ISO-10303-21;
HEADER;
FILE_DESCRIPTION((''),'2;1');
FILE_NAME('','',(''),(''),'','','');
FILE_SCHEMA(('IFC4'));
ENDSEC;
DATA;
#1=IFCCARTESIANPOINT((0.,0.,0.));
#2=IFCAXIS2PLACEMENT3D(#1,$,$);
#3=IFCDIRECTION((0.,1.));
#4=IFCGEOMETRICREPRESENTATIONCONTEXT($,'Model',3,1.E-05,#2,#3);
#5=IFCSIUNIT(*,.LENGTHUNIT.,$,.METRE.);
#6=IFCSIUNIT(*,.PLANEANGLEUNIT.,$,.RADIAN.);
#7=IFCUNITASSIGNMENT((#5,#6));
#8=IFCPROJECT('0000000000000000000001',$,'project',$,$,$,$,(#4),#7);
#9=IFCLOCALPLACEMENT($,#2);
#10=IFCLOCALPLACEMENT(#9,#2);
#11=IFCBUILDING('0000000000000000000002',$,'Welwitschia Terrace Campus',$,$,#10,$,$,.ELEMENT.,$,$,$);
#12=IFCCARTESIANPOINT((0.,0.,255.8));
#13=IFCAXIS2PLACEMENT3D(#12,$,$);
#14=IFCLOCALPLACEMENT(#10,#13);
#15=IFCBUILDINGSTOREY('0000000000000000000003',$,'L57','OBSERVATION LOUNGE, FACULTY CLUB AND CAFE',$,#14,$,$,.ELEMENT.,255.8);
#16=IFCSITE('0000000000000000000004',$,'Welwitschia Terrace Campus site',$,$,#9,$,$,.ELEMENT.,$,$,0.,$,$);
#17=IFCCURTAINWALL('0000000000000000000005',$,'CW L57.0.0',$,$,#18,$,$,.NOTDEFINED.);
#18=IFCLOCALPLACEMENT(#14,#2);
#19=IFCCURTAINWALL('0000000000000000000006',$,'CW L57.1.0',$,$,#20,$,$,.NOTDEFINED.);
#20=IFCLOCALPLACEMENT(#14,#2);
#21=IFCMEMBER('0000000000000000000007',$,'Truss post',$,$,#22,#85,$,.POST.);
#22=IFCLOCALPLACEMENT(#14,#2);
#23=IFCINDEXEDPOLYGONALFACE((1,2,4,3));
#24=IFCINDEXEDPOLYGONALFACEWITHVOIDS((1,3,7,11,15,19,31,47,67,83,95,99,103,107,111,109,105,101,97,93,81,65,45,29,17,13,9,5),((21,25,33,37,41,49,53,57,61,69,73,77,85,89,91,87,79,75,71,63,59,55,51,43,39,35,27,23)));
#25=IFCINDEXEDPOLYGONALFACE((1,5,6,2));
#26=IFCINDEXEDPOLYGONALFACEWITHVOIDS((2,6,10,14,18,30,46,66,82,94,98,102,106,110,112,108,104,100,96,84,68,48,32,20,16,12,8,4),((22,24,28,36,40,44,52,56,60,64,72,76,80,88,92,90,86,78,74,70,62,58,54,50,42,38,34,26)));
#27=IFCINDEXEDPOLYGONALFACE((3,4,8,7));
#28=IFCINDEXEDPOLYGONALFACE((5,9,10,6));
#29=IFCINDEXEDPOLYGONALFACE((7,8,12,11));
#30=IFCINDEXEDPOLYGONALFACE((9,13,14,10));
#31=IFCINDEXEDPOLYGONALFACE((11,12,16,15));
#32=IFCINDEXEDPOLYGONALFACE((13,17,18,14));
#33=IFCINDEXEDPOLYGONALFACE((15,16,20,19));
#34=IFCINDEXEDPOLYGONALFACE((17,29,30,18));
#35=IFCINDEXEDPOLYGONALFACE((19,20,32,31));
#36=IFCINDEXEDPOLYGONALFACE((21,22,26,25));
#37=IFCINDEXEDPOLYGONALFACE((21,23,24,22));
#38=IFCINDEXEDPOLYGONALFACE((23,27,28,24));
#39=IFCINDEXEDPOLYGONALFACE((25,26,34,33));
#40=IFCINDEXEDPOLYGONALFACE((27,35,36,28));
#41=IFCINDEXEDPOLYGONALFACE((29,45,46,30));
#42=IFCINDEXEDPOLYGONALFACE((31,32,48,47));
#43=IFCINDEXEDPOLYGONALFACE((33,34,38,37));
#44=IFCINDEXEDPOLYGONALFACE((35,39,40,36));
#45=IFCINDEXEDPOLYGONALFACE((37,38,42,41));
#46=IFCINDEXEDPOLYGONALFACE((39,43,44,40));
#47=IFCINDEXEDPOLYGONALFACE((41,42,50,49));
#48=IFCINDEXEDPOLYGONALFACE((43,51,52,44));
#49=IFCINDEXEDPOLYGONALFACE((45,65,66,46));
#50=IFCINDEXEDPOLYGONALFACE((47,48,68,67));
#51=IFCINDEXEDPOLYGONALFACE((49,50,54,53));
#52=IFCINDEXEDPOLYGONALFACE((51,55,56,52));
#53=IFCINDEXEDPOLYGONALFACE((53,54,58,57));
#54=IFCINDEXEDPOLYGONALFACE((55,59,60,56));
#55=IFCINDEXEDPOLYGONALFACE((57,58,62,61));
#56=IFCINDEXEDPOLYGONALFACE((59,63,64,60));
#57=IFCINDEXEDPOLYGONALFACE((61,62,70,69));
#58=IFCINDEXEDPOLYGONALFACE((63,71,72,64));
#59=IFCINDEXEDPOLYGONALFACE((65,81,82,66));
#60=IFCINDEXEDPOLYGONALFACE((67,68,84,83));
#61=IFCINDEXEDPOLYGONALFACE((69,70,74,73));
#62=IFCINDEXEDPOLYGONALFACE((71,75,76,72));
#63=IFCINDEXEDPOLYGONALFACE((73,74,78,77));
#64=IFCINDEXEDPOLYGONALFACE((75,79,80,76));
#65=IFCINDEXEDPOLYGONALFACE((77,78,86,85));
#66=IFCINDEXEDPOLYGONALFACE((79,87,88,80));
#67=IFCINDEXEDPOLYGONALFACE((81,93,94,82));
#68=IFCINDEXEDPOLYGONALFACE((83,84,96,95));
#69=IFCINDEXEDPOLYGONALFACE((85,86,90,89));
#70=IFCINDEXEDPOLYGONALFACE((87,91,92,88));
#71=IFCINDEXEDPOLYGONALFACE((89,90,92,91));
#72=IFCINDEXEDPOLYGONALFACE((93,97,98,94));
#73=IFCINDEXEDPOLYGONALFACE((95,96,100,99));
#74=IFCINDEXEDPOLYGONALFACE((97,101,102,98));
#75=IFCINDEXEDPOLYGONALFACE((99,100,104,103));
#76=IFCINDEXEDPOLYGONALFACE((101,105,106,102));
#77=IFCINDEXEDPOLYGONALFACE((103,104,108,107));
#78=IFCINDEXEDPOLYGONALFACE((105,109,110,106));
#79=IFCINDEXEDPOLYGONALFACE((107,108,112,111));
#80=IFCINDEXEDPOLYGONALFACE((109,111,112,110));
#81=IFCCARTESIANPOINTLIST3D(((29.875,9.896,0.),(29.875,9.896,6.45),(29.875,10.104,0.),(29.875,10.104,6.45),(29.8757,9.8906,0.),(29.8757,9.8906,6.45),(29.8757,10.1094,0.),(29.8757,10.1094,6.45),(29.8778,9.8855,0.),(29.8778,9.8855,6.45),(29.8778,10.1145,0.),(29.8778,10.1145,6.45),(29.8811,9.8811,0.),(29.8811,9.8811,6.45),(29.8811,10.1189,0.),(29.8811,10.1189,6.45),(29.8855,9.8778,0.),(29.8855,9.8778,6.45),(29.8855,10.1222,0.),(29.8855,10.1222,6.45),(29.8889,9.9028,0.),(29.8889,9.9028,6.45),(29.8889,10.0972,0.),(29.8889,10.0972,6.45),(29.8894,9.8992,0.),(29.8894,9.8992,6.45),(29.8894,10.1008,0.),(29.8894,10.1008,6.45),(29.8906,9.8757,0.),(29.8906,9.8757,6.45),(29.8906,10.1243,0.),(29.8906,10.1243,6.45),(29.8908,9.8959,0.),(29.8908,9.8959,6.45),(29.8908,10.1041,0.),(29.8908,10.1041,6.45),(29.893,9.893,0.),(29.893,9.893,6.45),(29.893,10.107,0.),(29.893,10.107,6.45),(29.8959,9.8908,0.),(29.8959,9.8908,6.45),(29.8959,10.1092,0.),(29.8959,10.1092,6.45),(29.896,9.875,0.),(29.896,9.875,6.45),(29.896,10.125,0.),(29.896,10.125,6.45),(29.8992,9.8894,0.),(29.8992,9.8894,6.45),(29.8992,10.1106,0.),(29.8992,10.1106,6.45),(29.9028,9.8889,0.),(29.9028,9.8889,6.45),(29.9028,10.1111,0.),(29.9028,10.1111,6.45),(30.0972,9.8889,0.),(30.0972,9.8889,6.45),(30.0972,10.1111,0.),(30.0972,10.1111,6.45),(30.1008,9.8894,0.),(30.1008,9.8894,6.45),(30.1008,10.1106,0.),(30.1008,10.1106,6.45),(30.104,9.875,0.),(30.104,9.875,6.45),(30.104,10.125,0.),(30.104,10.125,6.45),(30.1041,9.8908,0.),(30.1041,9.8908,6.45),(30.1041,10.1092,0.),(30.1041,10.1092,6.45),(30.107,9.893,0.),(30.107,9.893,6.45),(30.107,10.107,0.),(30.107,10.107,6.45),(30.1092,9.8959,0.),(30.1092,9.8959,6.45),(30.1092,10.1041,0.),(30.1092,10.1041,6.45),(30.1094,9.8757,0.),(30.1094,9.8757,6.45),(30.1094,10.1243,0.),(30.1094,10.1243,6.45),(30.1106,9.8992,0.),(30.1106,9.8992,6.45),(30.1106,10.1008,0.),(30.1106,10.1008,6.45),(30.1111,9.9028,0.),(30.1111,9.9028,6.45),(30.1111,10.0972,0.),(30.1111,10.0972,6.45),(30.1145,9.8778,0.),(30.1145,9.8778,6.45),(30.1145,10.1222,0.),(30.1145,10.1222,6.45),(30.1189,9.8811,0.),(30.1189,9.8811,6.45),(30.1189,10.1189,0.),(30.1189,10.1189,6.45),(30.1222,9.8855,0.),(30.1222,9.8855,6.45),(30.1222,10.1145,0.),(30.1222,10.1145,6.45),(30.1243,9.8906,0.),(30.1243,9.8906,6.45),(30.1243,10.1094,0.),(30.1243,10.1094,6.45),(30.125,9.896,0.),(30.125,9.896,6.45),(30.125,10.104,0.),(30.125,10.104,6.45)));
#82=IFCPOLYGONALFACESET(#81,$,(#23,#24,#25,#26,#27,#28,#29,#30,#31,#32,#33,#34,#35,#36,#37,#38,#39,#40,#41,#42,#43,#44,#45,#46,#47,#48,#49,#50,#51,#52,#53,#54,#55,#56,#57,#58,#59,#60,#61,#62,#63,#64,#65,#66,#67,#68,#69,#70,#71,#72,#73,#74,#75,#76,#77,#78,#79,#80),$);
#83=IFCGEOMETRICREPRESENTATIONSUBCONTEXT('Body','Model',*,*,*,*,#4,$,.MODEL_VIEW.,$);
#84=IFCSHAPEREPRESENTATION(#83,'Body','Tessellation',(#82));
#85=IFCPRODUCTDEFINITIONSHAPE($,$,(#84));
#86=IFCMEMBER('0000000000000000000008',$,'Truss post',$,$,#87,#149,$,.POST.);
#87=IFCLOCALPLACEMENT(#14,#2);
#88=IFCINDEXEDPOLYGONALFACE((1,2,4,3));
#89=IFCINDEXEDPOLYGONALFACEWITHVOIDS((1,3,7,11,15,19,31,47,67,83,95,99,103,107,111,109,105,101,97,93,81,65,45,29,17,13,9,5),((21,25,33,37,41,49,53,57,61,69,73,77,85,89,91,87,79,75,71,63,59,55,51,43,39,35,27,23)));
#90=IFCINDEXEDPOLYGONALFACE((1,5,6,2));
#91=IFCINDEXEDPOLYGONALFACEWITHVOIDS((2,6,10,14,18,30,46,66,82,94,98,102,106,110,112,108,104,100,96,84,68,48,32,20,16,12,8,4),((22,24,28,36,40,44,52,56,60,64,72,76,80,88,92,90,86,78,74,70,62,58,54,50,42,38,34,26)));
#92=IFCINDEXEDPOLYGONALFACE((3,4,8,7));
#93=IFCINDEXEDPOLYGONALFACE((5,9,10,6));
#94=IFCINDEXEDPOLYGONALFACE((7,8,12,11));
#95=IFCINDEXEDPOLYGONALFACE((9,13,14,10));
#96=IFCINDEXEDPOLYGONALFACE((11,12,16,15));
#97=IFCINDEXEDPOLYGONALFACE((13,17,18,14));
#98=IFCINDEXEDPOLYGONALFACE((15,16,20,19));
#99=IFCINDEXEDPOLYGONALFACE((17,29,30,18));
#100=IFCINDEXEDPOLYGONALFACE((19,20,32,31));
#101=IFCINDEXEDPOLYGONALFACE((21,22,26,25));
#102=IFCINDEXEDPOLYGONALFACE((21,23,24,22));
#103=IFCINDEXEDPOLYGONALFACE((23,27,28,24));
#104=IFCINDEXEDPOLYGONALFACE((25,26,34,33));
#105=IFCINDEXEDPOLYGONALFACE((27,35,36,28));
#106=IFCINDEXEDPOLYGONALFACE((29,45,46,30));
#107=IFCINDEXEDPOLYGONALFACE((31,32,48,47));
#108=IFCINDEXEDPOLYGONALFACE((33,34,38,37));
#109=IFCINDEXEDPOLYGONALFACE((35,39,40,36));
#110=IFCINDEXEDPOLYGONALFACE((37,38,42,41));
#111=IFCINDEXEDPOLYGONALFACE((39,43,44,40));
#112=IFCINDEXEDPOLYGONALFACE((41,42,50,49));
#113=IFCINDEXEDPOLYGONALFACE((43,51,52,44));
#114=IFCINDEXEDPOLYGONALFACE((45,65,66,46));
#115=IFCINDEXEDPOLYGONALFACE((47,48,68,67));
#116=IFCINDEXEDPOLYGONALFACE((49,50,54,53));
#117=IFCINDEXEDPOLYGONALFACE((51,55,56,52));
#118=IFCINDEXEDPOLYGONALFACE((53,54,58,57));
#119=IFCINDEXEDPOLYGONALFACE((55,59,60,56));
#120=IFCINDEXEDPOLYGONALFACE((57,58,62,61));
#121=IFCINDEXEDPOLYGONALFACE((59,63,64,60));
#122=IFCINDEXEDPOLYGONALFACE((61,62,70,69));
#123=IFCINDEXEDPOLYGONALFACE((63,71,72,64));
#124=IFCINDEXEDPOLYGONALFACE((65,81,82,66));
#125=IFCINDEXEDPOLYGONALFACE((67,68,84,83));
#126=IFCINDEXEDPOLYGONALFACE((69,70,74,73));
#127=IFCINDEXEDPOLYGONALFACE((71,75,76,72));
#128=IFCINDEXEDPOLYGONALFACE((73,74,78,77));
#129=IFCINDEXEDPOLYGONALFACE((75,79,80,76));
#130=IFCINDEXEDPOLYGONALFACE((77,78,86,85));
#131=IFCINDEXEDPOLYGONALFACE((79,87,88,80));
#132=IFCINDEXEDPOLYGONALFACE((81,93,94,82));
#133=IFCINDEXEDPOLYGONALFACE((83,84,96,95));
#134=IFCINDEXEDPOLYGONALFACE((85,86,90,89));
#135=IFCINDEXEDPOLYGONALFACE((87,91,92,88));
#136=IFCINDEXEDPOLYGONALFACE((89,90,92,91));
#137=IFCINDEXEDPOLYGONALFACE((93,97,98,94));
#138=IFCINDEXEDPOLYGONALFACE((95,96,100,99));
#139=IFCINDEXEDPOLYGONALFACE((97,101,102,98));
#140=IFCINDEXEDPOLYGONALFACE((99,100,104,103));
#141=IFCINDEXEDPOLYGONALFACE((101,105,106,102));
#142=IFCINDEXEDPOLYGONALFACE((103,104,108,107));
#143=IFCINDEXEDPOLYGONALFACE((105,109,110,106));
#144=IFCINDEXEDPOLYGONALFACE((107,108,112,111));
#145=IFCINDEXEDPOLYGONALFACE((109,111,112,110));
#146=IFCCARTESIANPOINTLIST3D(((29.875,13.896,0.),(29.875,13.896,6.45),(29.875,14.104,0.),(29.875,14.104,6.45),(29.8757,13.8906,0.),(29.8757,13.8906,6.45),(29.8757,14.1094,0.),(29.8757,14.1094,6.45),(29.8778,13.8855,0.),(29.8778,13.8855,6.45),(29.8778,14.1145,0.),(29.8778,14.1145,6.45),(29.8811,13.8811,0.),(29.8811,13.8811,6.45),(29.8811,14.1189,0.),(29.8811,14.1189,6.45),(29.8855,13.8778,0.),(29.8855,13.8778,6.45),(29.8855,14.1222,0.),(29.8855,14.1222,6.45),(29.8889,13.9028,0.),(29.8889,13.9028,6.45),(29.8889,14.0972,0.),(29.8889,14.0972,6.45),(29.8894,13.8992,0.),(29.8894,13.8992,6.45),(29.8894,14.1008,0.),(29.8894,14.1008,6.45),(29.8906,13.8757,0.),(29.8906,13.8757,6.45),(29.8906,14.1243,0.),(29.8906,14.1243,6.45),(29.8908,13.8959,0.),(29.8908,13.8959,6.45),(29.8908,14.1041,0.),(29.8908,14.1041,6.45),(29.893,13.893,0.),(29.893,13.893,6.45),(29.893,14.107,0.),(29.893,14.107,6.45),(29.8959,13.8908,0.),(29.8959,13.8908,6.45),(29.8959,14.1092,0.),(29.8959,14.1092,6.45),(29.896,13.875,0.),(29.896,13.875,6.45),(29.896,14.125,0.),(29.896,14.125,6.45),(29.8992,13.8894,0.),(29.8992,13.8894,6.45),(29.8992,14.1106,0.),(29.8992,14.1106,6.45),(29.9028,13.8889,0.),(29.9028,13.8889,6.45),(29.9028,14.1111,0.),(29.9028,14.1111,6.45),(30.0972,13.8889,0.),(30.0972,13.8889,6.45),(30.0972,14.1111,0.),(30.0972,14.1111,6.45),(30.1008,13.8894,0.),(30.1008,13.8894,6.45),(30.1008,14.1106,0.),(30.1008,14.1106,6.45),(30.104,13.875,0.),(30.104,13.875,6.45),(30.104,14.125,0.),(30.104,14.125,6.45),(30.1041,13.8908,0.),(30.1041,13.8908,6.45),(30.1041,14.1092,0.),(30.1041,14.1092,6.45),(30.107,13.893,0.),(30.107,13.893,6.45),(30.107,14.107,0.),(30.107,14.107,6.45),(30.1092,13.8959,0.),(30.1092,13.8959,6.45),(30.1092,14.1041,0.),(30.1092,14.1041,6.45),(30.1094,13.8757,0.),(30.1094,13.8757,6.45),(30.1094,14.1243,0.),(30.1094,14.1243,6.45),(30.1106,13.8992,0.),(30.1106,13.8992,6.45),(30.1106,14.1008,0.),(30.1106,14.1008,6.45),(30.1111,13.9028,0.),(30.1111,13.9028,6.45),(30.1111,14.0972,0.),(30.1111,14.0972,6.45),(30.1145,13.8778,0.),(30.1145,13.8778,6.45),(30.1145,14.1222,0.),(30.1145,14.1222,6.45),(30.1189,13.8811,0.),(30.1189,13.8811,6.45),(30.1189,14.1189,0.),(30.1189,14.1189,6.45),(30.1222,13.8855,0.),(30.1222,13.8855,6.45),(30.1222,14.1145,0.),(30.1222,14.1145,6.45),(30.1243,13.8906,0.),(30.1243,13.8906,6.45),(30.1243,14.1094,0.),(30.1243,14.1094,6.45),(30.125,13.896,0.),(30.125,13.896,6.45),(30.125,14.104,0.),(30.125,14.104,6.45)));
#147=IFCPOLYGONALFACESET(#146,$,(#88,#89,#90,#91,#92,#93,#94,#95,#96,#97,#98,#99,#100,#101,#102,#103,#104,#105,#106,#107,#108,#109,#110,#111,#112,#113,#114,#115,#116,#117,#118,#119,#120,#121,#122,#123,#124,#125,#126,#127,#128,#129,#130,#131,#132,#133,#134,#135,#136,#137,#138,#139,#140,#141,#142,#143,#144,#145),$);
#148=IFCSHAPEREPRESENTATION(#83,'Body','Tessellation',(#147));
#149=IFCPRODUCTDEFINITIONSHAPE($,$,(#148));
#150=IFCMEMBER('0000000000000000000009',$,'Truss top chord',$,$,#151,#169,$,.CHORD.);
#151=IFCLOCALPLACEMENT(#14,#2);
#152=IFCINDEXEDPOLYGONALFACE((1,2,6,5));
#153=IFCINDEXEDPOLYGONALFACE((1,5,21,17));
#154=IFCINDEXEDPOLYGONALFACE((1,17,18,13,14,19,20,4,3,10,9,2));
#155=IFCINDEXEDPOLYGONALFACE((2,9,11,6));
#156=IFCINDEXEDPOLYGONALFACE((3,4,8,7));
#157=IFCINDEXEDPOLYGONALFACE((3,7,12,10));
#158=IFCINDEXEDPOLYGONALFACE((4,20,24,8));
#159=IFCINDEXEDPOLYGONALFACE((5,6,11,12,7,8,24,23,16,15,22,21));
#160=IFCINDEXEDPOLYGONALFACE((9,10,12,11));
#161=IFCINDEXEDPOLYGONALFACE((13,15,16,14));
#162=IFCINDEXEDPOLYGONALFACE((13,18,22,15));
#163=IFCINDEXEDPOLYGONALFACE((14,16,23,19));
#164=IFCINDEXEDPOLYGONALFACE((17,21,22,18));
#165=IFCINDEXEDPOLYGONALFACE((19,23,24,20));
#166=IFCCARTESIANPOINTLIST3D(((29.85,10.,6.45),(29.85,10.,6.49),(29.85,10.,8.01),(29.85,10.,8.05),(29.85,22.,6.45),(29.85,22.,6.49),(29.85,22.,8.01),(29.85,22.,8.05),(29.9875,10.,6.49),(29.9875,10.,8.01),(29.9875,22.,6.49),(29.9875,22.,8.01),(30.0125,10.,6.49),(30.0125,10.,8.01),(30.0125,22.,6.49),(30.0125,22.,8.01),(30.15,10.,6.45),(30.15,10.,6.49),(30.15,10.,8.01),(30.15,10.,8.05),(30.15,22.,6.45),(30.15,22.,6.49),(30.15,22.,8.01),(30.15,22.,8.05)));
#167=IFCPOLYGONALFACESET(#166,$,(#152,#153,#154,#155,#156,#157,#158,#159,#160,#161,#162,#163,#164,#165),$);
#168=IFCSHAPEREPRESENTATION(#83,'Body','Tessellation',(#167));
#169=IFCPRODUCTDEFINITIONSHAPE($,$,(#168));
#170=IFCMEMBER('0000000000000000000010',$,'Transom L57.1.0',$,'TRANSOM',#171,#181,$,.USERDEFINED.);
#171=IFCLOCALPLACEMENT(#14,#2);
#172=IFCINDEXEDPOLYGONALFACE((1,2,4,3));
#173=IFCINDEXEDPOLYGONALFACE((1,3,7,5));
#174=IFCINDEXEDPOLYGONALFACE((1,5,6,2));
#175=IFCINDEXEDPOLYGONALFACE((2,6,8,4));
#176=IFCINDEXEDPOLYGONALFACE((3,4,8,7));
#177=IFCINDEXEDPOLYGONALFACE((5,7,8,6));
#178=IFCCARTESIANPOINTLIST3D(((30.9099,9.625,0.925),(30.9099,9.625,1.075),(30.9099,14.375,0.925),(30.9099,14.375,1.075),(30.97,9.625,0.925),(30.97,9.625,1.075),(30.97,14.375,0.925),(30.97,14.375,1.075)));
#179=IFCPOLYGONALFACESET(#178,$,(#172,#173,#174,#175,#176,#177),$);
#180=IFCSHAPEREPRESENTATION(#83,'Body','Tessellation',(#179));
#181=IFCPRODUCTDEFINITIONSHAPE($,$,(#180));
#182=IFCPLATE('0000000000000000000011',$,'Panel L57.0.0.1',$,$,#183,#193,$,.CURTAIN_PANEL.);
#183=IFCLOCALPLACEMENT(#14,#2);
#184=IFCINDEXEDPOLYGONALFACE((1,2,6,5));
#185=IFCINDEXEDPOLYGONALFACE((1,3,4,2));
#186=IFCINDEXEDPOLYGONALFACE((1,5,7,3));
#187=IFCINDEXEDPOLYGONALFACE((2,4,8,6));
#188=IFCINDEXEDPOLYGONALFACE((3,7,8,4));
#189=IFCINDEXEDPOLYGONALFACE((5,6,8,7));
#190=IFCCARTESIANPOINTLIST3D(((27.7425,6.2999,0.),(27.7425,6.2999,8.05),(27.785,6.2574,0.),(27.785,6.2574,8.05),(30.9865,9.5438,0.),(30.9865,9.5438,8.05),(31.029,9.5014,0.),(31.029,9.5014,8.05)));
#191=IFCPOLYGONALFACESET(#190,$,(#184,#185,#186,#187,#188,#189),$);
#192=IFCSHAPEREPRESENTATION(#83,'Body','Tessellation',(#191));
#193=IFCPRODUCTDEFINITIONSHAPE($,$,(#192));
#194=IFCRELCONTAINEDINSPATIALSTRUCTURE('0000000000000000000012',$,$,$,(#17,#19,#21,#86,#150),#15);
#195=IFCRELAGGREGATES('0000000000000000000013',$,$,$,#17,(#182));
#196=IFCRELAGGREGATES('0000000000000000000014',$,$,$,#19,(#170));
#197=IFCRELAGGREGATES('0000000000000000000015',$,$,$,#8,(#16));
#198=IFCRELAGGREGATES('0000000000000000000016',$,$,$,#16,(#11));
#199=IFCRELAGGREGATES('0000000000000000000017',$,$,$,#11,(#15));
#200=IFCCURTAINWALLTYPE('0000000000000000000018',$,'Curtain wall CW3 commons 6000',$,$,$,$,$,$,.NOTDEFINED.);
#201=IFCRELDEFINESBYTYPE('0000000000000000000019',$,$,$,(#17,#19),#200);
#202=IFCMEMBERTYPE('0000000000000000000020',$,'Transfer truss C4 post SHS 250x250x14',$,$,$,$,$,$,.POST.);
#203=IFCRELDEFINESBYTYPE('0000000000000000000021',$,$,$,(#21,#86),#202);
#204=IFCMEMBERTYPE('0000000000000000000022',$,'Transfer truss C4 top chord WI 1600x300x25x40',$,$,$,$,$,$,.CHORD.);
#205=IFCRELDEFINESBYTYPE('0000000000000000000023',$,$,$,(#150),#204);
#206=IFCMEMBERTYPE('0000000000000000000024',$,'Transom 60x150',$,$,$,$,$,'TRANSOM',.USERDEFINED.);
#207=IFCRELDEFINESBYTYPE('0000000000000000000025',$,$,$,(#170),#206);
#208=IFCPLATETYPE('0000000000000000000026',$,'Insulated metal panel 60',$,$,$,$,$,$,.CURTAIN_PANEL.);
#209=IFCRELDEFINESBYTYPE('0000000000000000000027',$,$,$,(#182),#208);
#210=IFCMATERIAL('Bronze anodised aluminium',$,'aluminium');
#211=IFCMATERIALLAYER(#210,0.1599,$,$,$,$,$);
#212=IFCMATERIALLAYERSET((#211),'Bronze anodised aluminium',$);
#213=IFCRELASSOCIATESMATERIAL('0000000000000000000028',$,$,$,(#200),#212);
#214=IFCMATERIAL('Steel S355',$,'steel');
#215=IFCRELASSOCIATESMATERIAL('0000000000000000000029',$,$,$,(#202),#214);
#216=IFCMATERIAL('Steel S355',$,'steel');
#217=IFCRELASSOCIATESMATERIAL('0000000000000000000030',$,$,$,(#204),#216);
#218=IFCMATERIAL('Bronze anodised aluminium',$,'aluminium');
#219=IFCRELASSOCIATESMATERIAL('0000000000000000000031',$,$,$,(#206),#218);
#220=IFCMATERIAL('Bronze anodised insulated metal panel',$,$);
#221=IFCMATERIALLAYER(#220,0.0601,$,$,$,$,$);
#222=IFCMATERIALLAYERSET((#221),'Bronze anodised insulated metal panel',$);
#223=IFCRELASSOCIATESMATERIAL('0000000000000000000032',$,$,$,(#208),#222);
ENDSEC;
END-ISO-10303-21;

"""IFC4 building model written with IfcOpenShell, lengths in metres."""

from ifc_helpers import new_model, si_unit, direction, frame, origin, origin_2d, place, context, subcontext, project, spatial, rectangle, hollow_rectangle, i_section, extrude, material, layer, layer_set, material_profile, profile_set, type_object, element, aggregate, save


model = new_model("IFC4")

# Units and contexts
model_context = context("Model", 3, precision=1e-05, world=origin(), true_north=direction((0.0, 1.0)))
body_context = subcontext(model_context, "Body", "Model", "MODEL_VIEW")
ifc_project = project(units=[si_unit("LENGTHUNIT", "METRE"), si_unit("PLANEANGLEUNIT", "RADIAN")], contexts=[model_context])

# Site, building, storey
site_placement = place(None, origin())
site = spatial("IfcSite", under=ifc_project, at=site_placement, Name="Welwitschia Terrace Campus site", CompositionType="ELEMENT", RefElevation=0.0)
building_placement = place(site_placement, origin())
building = spatial("IfcBuilding", under=site, at=building_placement, Name="Welwitschia Terrace Campus", CompositionType="ELEMENT")
storey_placement = place(building_placement, frame((0.0, 0.0, 255.8)))
storey = spatial("IfcBuildingStorey", under=building, at=storey_placement, Name="L57", Description="OBSERVATION LOUNGE, FACULTY CLUB AND CAFE", CompositionType="ELEMENT", Elevation=255.8)

# Curtain walls
ifc_material_1 = material(Name="Bronze anodised aluminium", Category="aluminium")
ifc_layer_1 = layer(ifc_material_1, 0.1599)
ifc_layer_set_1 = layer_set([ifc_layer_1], Name="Bronze anodised aluminium")
curtain_wall_type = type_object("IfcCurtainWallType", Name="Curtain wall CW3 commons 6000", PredefinedType="NOTDEFINED", material=ifc_layer_set_1)
curtain_wall_1_placement = place(storey_placement, origin())
curtain_wall_1 = element("IfcCurtainWall", 1, at=curtain_wall_1_placement, inside=storey, type_object=curtain_wall_type, Name="CW L57.0.0", PredefinedType="NOTDEFINED")
curtain_wall_2_placement = place(storey_placement, origin())
curtain_wall_2 = element("IfcCurtainWall", 2, at=curtain_wall_2_placement, inside=storey, type_object=curtain_wall_type, Name="CW L57.1.0", PredefinedType="NOTDEFINED")

# Members
ifc_material_2 = material(Name="Steel S355", Category="steel")
ifc_material_profile_1 = material_profile(ifc_material_2, hollow_rectangle(XDim=0.25, YDim=0.25, WallThickness=0.0139, InnerFilletRadius=0.0139, OuterFilletRadius=0.021, at=origin_2d()))
ifc_profile_set_1 = profile_set([ifc_material_profile_1], Name="Steel S355")
member_type_1 = type_object("IfcMemberType", Name="Transfer truss C4 post SHS 250x250x14", PredefinedType="POST", material=ifc_profile_set_1)
for number, where, z_axis, x_axis, name in (
    (3, (30.0, 10.0, 0.0), (0.0, 0.0, 1.0), (1.0, 0.0, 0.0), "Truss post"),
    (4, (30.0, 14.0, 0.0), (0.0, 0.0, 1.0), (1.0, 0.0, 0.0), "Truss post"),
):
    element("IfcMember", number, at=place(storey_placement, frame(where, z_axis=z_axis, x_axis=x_axis)), inside=storey, type_object=member_type_1, Name=name, PredefinedType="POST", context=body_context, shape_type="SweptSolid", body=[
        extrude(hollow_rectangle(XDim=0.25, YDim=0.25, WallThickness=0.0139, InnerFilletRadius=0.0139, OuterFilletRadius=0.021, at=origin_2d()), origin(), (0.0, 0.0, 1.0), 6.45),
    ])
ifc_material_3 = material(Name="Steel S355", Category="steel")
ifc_material_profile_2 = material_profile(ifc_material_3, i_section(OverallWidth=0.3, OverallDepth=1.6001, WebThickness=0.0249, FlangeThickness=0.04, at=origin_2d()))
ifc_profile_set_2 = profile_set([ifc_material_profile_2], Name="Steel S355")
member_type_2 = type_object("IfcMemberType", Name="Transfer truss C4 top chord WI 1600x300x25x40", PredefinedType="CHORD", material=ifc_profile_set_2)
member_1_placement = place(storey_placement, frame((30.0, 10.0, 7.25), z_axis=(0.0, 1.0, 0.0), x_axis=(-1.0, 0.0, 0.0)))
element("IfcMember", 5, at=member_1_placement, inside=storey, type_object=member_type_2, Name="Truss top chord", PredefinedType="CHORD", context=body_context, shape_type="SweptSolid", body=[
    extrude(i_section(OverallWidth=0.3, OverallDepth=1.6001, WebThickness=0.0249, FlangeThickness=0.04, at=origin_2d()), origin(), (0.0, 0.0, 1.0), 12.0),
])

# Member
ifc_material_4 = material(Name="Bronze anodised aluminium", Category="aluminium")
ifc_material_profile_3 = material_profile(ifc_material_4, rectangle(XDim=0.0601, YDim=0.1499, at=origin_2d()))
ifc_profile_set_3 = profile_set([ifc_material_profile_3], Name="Bronze anodised aluminium")
member_type_3 = type_object("IfcMemberType", Name="Transom 60x150", ElementType="TRANSOM", PredefinedType="USERDEFINED", material=ifc_profile_set_3)
member_2_placement = place(storey_placement, frame((30.9399, 9.625, 1.0), z_axis=(0.0, 1.0, 0.0), x_axis=(-1.0, 0.0, 0.0)))
member_2 = element("IfcMember", 6, at=member_2_placement, type_object=member_type_3, Name="Transom L57.1.0", ObjectType="TRANSOM", PredefinedType="USERDEFINED", context=body_context, shape_type="SweptSolid", body=[
    extrude(rectangle(XDim=0.0601, YDim=0.1499, at=origin_2d()), origin(), (0.0, 0.0, 1.0), 4.75),
])

# Plate
ifc_material_5 = material(Name="Bronze anodised insulated metal panel")
ifc_layer_2 = layer(ifc_material_5, 0.0601)
ifc_layer_set_2 = layer_set([ifc_layer_2], Name="Bronze anodised insulated metal panel")
plate_type = type_object("IfcPlateType", Name="Insulated metal panel 60", PredefinedType="CURTAIN_PANEL", material=ifc_layer_set_2)
plate_1_placement = place(storey_placement, frame((29.3857, 7.9006, 0.0), z_axis=(0.0, 0.0, 1.0), x_axis=(0.707107, 0.707107, 0.0)))
plate_1 = element("IfcPlate", 7, at=plate_1_placement, type_object=plate_type, Name="Panel L57.0.0.1", PredefinedType="CURTAIN_PANEL", context=body_context, shape_type="SweptSolid", body=[
    extrude(rectangle(XDim=4.5876, YDim=0.0601, at=origin_2d()), origin(), (0.0, 0.0, 1.0), 8.05),
])
aggregate(curtain_wall_1, [plate_1])
aggregate(curtain_wall_2, [member_2])

save(model, "model.ifc")
